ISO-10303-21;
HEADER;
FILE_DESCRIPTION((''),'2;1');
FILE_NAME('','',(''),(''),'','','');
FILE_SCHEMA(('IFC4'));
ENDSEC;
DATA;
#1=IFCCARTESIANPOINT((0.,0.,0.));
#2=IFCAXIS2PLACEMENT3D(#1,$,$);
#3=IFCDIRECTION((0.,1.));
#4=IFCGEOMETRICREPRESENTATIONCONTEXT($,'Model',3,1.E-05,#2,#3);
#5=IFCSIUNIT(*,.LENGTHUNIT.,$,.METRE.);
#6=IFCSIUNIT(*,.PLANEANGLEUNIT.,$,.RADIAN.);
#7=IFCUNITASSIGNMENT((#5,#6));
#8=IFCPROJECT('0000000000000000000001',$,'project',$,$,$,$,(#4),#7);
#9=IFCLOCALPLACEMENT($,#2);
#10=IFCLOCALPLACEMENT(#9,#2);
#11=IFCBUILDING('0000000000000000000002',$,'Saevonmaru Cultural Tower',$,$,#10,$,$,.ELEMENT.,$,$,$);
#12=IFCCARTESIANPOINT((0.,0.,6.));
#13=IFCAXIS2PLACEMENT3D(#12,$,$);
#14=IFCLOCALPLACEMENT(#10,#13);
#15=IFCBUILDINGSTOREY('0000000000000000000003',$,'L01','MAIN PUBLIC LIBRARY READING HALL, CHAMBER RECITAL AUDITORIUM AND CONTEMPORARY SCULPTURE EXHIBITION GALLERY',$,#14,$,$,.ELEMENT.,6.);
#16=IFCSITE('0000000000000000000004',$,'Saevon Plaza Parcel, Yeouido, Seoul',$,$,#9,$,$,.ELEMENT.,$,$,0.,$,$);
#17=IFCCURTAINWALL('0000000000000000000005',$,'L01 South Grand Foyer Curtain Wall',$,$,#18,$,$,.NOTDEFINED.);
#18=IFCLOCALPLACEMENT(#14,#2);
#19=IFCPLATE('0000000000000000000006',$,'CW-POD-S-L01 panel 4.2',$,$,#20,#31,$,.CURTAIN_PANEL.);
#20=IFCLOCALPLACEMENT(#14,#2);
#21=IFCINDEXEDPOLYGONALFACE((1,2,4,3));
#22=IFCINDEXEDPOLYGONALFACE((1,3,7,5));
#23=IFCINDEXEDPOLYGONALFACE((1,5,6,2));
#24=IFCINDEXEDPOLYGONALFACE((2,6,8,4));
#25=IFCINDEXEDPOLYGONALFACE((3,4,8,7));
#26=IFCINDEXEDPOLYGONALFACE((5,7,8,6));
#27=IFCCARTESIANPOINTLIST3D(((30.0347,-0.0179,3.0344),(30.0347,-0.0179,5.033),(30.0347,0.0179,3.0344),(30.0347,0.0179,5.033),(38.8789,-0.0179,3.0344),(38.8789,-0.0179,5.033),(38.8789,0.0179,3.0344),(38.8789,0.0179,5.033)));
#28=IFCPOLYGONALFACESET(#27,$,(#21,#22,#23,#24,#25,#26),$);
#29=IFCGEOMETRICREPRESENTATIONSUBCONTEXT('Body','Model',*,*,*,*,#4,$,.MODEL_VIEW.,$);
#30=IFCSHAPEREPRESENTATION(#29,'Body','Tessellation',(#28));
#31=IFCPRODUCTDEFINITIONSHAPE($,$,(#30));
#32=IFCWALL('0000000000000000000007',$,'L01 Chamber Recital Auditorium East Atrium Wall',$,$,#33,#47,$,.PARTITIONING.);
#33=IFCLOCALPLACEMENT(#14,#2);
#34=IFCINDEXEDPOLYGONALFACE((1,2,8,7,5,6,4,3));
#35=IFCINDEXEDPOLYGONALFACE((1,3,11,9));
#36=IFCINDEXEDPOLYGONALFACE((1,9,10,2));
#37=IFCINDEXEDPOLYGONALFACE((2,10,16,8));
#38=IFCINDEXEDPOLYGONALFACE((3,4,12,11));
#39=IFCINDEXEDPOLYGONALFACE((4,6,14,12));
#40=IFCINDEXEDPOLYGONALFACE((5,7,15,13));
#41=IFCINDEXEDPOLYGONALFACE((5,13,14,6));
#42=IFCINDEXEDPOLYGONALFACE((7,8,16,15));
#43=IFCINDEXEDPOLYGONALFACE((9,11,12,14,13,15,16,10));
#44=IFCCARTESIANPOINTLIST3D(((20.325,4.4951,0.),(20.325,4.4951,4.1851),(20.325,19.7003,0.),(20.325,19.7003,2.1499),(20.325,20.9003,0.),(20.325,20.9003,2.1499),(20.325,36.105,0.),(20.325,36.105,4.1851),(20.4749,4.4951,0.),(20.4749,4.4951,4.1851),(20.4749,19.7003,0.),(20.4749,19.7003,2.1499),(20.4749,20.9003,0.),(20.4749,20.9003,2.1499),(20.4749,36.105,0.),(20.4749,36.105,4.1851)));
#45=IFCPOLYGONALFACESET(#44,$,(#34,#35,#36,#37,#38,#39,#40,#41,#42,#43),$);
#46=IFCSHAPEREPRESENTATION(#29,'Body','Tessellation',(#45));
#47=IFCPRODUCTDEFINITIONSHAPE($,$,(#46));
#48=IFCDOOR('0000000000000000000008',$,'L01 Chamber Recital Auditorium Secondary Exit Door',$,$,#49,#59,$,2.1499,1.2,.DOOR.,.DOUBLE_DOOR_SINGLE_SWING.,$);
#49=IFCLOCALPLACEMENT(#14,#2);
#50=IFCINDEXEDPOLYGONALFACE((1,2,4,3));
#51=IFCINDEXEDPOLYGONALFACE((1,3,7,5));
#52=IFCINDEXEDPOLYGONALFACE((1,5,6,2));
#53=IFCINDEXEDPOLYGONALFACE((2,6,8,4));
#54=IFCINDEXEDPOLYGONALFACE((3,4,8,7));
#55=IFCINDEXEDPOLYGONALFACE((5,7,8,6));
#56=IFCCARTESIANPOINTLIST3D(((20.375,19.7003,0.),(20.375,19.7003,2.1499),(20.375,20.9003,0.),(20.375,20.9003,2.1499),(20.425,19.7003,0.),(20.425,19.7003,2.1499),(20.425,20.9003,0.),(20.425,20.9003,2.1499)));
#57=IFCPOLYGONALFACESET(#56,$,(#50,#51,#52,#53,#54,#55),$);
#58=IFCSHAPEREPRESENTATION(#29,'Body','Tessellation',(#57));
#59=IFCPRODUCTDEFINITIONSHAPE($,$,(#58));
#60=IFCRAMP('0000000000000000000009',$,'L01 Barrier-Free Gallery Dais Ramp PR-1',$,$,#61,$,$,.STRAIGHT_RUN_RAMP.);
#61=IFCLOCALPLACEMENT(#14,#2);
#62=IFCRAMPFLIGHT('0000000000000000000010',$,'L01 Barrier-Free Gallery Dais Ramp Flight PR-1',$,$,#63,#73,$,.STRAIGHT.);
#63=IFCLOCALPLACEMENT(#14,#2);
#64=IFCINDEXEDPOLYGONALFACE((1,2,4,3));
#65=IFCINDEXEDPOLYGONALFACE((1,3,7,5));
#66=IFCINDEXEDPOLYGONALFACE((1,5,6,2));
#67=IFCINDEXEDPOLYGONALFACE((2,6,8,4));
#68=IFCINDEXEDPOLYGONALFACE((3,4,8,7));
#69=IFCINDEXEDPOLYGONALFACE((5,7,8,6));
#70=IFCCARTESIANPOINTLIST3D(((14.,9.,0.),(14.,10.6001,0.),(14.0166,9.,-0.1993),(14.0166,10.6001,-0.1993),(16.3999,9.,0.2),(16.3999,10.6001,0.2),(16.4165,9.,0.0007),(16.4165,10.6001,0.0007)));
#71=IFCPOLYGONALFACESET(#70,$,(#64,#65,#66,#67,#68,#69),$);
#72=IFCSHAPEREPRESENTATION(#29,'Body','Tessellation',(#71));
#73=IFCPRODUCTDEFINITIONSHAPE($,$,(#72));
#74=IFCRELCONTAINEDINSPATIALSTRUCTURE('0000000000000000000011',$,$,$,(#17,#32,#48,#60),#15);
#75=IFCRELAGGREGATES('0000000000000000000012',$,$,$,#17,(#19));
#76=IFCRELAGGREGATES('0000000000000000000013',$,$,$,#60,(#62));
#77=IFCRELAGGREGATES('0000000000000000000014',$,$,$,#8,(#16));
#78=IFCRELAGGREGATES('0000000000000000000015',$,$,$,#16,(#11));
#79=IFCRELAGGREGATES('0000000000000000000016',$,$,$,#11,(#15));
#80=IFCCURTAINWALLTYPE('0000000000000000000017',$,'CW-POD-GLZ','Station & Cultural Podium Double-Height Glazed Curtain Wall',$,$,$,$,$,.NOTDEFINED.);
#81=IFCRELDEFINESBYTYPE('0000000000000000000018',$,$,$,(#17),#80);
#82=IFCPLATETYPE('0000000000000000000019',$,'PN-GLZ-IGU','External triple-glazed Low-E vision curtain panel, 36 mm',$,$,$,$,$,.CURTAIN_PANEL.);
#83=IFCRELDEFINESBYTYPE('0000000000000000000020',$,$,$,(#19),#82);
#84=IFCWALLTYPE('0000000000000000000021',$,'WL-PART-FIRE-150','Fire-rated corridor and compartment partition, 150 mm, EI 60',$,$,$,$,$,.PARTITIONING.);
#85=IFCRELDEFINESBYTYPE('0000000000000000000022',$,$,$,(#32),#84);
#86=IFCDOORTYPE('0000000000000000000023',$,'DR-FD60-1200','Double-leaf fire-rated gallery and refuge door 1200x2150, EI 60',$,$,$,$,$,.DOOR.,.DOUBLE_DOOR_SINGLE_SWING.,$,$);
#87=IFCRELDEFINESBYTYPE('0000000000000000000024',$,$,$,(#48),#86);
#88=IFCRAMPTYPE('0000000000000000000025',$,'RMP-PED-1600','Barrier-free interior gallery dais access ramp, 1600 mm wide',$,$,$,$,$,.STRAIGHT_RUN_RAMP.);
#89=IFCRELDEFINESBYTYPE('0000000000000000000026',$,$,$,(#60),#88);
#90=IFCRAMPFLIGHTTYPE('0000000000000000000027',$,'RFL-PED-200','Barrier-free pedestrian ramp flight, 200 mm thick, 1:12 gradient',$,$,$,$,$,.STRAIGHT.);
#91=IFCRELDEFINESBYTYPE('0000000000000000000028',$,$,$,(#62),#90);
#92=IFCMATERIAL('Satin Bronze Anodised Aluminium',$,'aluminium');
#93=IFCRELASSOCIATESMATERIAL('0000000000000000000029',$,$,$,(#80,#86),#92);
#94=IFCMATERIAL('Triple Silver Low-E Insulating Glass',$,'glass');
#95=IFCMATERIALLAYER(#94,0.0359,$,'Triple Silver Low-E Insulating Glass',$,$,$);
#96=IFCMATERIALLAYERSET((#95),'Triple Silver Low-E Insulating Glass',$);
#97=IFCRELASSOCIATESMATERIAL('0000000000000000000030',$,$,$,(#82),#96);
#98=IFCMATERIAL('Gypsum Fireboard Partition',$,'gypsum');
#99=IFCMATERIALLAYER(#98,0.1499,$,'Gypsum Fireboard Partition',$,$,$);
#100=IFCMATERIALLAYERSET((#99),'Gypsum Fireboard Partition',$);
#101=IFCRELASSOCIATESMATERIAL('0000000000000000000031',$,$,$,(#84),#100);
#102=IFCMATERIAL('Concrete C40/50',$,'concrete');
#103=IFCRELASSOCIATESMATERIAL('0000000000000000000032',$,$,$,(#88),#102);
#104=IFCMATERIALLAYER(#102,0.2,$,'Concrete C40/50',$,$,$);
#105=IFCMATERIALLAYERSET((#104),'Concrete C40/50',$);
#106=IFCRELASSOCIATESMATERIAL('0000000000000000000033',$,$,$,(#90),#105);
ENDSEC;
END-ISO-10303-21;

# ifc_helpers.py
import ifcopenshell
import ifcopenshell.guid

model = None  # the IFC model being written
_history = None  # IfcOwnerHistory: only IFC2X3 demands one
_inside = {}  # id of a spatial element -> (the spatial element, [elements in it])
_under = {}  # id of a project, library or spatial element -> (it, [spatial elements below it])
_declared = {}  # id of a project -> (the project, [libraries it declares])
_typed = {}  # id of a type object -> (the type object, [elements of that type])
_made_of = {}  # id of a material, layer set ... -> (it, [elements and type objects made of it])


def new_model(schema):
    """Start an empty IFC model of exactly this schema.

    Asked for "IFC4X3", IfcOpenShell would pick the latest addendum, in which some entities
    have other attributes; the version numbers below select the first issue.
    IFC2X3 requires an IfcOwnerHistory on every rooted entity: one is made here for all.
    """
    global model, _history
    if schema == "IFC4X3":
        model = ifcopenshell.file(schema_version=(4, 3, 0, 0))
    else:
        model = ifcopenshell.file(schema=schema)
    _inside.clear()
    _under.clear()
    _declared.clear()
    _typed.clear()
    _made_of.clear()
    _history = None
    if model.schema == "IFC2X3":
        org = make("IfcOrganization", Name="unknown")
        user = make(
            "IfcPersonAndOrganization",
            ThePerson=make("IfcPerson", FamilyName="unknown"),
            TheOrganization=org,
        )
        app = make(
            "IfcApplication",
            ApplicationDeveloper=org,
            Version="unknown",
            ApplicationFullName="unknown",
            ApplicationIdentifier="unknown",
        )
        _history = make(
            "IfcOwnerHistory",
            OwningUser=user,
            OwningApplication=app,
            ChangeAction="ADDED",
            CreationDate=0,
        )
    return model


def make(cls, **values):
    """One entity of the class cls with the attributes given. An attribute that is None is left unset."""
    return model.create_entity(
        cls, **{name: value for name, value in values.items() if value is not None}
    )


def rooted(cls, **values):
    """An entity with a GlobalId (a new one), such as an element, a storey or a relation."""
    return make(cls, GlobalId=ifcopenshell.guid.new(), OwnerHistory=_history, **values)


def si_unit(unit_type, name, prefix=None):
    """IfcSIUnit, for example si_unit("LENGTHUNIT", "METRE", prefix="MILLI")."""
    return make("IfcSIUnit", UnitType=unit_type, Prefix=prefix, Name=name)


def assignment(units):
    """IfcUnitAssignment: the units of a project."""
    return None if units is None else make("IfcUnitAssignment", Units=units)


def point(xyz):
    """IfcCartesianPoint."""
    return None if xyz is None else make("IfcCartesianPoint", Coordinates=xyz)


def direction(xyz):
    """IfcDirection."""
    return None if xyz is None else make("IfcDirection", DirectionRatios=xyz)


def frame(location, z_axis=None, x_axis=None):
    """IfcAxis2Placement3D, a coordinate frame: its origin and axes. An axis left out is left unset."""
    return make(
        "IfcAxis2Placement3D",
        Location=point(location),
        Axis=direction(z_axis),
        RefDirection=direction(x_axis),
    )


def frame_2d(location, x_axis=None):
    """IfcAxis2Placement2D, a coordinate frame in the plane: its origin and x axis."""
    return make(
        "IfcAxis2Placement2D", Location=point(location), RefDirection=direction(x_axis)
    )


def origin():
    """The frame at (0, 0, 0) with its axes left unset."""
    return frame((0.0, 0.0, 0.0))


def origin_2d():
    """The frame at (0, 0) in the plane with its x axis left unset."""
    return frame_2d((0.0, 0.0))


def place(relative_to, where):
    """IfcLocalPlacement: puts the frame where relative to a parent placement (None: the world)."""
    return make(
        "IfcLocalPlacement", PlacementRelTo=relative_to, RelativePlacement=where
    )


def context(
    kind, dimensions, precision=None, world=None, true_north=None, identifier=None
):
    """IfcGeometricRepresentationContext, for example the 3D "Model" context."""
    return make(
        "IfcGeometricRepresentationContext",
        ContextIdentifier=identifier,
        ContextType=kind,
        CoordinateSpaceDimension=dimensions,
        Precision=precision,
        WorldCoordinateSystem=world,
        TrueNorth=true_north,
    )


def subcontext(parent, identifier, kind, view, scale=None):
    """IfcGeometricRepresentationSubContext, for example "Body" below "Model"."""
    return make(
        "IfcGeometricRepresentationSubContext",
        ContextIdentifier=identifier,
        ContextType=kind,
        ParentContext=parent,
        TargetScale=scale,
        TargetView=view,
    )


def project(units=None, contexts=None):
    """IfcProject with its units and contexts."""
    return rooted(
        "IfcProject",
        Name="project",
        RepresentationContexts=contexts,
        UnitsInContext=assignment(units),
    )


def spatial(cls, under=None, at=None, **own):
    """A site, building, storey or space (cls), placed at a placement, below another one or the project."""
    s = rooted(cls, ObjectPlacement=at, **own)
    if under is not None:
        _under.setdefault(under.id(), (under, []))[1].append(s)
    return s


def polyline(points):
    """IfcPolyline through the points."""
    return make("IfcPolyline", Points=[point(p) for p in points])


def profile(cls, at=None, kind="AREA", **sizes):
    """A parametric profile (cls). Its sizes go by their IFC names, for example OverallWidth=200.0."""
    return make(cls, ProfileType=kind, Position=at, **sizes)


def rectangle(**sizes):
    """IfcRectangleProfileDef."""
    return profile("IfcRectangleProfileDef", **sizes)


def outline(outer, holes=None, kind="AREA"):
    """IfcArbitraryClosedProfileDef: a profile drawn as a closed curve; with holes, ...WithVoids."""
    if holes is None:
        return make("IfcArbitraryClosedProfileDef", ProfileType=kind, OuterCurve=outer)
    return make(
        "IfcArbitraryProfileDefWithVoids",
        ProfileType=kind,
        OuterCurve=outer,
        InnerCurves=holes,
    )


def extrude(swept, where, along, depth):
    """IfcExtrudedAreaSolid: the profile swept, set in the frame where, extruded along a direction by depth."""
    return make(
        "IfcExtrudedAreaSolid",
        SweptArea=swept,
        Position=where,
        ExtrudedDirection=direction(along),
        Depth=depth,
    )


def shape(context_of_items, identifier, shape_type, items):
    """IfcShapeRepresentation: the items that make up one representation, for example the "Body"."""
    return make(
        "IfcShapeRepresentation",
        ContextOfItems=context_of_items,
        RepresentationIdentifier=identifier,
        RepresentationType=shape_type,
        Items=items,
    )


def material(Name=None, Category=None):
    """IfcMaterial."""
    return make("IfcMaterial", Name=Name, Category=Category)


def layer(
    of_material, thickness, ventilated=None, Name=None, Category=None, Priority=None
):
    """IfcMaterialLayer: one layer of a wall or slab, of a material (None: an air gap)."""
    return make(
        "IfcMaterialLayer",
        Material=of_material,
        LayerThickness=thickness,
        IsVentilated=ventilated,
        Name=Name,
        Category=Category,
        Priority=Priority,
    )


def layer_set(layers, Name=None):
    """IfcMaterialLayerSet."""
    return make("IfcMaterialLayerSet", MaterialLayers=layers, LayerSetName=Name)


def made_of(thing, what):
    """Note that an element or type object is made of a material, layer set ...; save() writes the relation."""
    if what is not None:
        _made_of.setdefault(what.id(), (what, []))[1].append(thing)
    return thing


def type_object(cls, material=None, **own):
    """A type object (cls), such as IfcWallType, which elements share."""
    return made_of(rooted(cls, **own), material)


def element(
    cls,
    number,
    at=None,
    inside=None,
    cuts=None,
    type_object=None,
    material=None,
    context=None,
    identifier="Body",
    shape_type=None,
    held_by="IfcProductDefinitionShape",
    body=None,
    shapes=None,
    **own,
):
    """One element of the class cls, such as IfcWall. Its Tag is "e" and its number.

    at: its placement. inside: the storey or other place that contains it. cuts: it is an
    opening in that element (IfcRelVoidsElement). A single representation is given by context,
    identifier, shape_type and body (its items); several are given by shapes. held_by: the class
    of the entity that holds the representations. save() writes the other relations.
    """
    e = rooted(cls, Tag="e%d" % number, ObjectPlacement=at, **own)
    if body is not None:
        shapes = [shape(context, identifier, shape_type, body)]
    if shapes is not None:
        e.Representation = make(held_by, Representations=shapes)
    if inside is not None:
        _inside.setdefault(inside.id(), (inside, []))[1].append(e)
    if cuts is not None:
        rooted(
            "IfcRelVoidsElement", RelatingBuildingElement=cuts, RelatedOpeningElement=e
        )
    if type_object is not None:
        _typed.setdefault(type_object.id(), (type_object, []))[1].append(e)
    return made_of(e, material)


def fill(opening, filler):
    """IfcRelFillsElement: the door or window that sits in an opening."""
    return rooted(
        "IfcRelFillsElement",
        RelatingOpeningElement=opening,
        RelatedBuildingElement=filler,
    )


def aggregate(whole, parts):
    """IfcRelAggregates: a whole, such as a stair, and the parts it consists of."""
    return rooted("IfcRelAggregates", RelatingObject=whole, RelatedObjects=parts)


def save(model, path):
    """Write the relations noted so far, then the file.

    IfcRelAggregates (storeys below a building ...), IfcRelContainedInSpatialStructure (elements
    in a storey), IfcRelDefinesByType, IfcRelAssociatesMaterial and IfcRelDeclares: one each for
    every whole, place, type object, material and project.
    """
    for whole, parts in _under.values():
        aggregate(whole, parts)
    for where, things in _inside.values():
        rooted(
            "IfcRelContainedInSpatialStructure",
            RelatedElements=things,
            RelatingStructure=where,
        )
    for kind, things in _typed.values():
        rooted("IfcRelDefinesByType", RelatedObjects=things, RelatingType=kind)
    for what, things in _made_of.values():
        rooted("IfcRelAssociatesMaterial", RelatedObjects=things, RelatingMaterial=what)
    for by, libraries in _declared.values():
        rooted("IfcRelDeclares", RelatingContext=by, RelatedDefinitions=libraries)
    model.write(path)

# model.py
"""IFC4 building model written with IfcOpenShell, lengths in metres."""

from ifc_helpers import new_model, si_unit, direction, frame, frame_2d, origin, origin_2d, place, context, subcontext, project, spatial, polyline, rectangle, outline, extrude, material, layer, layer_set, type_object, element, fill, aggregate, save


model = new_model("IFC4")

# Units and contexts
model_context = context("Model", 3, precision=1e-05, world=origin(), true_north=direction((0.0, 1.0)))
body_context = subcontext(model_context, "Body", "Model", "MODEL_VIEW")
ifc_project = project(units=[si_unit("LENGTHUNIT", "METRE"), si_unit("PLANEANGLEUNIT", "RADIAN")], contexts=[model_context])

# Site, building, storey
site_placement = place(None, origin())
site = spatial("IfcSite", under=ifc_project, at=site_placement, Name="Saevon Plaza Parcel, Yeouido, Seoul", CompositionType="ELEMENT", RefElevation=0.0)
building_placement = place(site_placement, origin())
building = spatial("IfcBuilding", under=site, at=building_placement, Name="Saevonmaru Cultural Tower", CompositionType="ELEMENT")
storey_placement = place(building_placement, frame((0.0, 0.0, 6.0)))
storey = spatial("IfcBuildingStorey", under=building, at=storey_placement, Name="L01", Description="MAIN PUBLIC LIBRARY READING HALL, CHAMBER RECITAL AUDITORIUM AND CONTEMPORARY SCULPTURE EXHIBITION GALLERY", CompositionType="ELEMENT", Elevation=6.0)

# Curtain wall, plate
ifc_material_1 = material(Name="Satin Bronze Anodised Aluminium", Category="aluminium")
curtain_wall_type = type_object("IfcCurtainWallType", Name="CW-POD-GLZ", Description="Station & Cultural Podium Double-Height Glazed Curtain Wall", PredefinedType="NOTDEFINED", material=ifc_material_1)
curtain_wall_placement = place(storey_placement, origin())
curtain_wall = element("IfcCurtainWall", 1, at=curtain_wall_placement, inside=storey, type_object=curtain_wall_type, Name="L01 South Grand Foyer Curtain Wall", PredefinedType="NOTDEFINED")
ifc_material_2 = material(Name="Triple Silver Low-E Insulating Glass", Category="glass")
ifc_layer_1 = layer(ifc_material_2, 0.0359, Name="Triple Silver Low-E Insulating Glass")
ifc_layer_set_1 = layer_set([ifc_layer_1], Name="Triple Silver Low-E Insulating Glass")
plate_type = type_object("IfcPlateType", Name="PN-GLZ-IGU", Description="External triple-glazed Low-E vision curtain panel, 36 mm", PredefinedType="CURTAIN_PANEL", material=ifc_layer_set_1)
plate_1_placement = place(storey_placement, frame((34.4568, 0.0, 3.0344), z_axis=(0.0, 0.0, 1.0), x_axis=(1.0, 0.0, 0.0)))
plate_1 = element("IfcPlate", 2, at=plate_1_placement, type_object=plate_type, Name="CW-POD-S-L01 panel 4.2", PredefinedType="CURTAIN_PANEL", context=body_context, shape_type="SweptSolid", body=[
    extrude(rectangle(XDim=8.8442, YDim=0.0359, at=origin_2d()), origin(), (0.0, 0.0, 1.0), 1.9985),
])
aggregate(curtain_wall, [plate_1])

# Wall, opening, door
ifc_material_3 = material(Name="Gypsum Fireboard Partition", Category="gypsum")
ifc_layer_2 = layer(ifc_material_3, 0.1499, Name="Gypsum Fireboard Partition")
ifc_layer_set_2 = layer_set([ifc_layer_2], Name="Gypsum Fireboard Partition")
wall_type = type_object("IfcWallType", Name="WL-PART-FIRE-150", Description="Fire-rated corridor and compartment partition, 150 mm, EI 60", PredefinedType="PARTITIONING", material=ifc_layer_set_2)
wall_placement = place(storey_placement, frame((20.3999, 4.4951, 0.0), z_axis=(0.0, 0.0, 1.0), x_axis=(0.0, 1.0, 0.0)))
wall = element("IfcWall", 3, at=wall_placement, inside=storey, type_object=wall_type, Name="L01 Chamber Recital Auditorium East Atrium Wall", PredefinedType="PARTITIONING", context=body_context, shape_type="SweptSolid", body=[
    extrude(rectangle(XDim=31.6099, YDim=0.1499, at=frame_2d((15.8049, 0.0))), origin(), (0.0, 0.0, 1.0), 4.1851),
])
opening_placement = place(wall_placement, frame((15.2051, 0.0, 0.0)))
opening = element("IfcOpeningElement", 4, at=opening_placement, cuts=wall, PredefinedType="OPENING", context=body_context, shape_type="SweptSolid", body=[
    extrude(rectangle(XDim=1.2, YDim=2.1499, at=frame_2d((0.6001, 1.075))), frame((0.0, 0.085, 0.0), z_axis=(0.0, -1.0, 0.0), x_axis=(1.0, 0.0, 0.0)), (0.0, 0.0, 1.0), 0.1699),
])
door_type = type_object("IfcDoorType", Name="DR-FD60-1200", Description="Double-leaf fire-rated gallery and refuge door 1200x2150, EI 60", OperationType="DOUBLE_DOOR_SINGLE_SWING", PredefinedType="DOOR", material=ifc_material_1)
door_placement = place(opening_placement, origin())
door = element("IfcDoor", 5, at=door_placement, inside=storey, type_object=door_type, Name="L01 Chamber Recital Auditorium Secondary Exit Door", OperationType="DOUBLE_DOOR_SINGLE_SWING", OverallHeight=2.1499, OverallWidth=1.2, PredefinedType="DOOR", context=body_context, shape_type="SweptSolid", body=[
    extrude(rectangle(XDim=1.2, YDim=2.1499, at=frame_2d((0.6001, 1.075))), frame((0.0, 0.0249, 0.0), z_axis=(0.0, -1.0, 0.0), x_axis=(1.0, 0.0, 0.0)), (0.0, 0.0, 1.0), 0.05),
])
fill(opening, door)

# Ramp, ramp flight
ifc_material_4 = material(Name="Concrete C40/50", Category="concrete")
ramp_type = type_object("IfcRampType", Name="RMP-PED-1600", Description="Barrier-free interior gallery dais access ramp, 1600 mm wide", PredefinedType="STRAIGHT_RUN_RAMP", material=ifc_material_4)
ramp_placement = place(storey_placement, origin())
ramp = element("IfcRamp", 6, at=ramp_placement, inside=storey, type_object=ramp_type, Name="L01 Barrier-Free Gallery Dais Ramp PR-1", PredefinedType="STRAIGHT_RUN_RAMP")
ifc_layer_3 = layer(ifc_material_4, 0.2, Name="Concrete C40/50")
ifc_layer_set_3 = layer_set([ifc_layer_3], Name="Concrete C40/50")
ramp_flight_type = type_object("IfcRampFlightType", Name="RFL-PED-200", Description="Barrier-free pedestrian ramp flight, 200 mm thick, 1:12 gradient", PredefinedType="STRAIGHT", material=ifc_layer_set_3)
ramp_flight_placement = place(storey_placement, frame((14.0, 9.0, 0.0), z_axis=(-0.083029, 0.0, 0.996547), x_axis=(0.996547, 0.0, 0.083029)))
ramp_flight = element("IfcRampFlight", 7, at=ramp_flight_placement, type_object=ramp_flight_type, Name="L01 Barrier-Free Gallery Dais Ramp Flight PR-1", PredefinedType="STRAIGHT", context=body_context, shape_type="SweptSolid", body=[
    extrude(outline(polyline([(0.0, 0.0), (2.4082, 0.0), (2.4082, 1.6001), (0.0, 1.6001), (0.0, 0.0)])), origin(), (0.0, 0.0, -1.0), 0.2),
])
aggregate(ramp, [ramp_flight])

save(model, "model.ifc")
